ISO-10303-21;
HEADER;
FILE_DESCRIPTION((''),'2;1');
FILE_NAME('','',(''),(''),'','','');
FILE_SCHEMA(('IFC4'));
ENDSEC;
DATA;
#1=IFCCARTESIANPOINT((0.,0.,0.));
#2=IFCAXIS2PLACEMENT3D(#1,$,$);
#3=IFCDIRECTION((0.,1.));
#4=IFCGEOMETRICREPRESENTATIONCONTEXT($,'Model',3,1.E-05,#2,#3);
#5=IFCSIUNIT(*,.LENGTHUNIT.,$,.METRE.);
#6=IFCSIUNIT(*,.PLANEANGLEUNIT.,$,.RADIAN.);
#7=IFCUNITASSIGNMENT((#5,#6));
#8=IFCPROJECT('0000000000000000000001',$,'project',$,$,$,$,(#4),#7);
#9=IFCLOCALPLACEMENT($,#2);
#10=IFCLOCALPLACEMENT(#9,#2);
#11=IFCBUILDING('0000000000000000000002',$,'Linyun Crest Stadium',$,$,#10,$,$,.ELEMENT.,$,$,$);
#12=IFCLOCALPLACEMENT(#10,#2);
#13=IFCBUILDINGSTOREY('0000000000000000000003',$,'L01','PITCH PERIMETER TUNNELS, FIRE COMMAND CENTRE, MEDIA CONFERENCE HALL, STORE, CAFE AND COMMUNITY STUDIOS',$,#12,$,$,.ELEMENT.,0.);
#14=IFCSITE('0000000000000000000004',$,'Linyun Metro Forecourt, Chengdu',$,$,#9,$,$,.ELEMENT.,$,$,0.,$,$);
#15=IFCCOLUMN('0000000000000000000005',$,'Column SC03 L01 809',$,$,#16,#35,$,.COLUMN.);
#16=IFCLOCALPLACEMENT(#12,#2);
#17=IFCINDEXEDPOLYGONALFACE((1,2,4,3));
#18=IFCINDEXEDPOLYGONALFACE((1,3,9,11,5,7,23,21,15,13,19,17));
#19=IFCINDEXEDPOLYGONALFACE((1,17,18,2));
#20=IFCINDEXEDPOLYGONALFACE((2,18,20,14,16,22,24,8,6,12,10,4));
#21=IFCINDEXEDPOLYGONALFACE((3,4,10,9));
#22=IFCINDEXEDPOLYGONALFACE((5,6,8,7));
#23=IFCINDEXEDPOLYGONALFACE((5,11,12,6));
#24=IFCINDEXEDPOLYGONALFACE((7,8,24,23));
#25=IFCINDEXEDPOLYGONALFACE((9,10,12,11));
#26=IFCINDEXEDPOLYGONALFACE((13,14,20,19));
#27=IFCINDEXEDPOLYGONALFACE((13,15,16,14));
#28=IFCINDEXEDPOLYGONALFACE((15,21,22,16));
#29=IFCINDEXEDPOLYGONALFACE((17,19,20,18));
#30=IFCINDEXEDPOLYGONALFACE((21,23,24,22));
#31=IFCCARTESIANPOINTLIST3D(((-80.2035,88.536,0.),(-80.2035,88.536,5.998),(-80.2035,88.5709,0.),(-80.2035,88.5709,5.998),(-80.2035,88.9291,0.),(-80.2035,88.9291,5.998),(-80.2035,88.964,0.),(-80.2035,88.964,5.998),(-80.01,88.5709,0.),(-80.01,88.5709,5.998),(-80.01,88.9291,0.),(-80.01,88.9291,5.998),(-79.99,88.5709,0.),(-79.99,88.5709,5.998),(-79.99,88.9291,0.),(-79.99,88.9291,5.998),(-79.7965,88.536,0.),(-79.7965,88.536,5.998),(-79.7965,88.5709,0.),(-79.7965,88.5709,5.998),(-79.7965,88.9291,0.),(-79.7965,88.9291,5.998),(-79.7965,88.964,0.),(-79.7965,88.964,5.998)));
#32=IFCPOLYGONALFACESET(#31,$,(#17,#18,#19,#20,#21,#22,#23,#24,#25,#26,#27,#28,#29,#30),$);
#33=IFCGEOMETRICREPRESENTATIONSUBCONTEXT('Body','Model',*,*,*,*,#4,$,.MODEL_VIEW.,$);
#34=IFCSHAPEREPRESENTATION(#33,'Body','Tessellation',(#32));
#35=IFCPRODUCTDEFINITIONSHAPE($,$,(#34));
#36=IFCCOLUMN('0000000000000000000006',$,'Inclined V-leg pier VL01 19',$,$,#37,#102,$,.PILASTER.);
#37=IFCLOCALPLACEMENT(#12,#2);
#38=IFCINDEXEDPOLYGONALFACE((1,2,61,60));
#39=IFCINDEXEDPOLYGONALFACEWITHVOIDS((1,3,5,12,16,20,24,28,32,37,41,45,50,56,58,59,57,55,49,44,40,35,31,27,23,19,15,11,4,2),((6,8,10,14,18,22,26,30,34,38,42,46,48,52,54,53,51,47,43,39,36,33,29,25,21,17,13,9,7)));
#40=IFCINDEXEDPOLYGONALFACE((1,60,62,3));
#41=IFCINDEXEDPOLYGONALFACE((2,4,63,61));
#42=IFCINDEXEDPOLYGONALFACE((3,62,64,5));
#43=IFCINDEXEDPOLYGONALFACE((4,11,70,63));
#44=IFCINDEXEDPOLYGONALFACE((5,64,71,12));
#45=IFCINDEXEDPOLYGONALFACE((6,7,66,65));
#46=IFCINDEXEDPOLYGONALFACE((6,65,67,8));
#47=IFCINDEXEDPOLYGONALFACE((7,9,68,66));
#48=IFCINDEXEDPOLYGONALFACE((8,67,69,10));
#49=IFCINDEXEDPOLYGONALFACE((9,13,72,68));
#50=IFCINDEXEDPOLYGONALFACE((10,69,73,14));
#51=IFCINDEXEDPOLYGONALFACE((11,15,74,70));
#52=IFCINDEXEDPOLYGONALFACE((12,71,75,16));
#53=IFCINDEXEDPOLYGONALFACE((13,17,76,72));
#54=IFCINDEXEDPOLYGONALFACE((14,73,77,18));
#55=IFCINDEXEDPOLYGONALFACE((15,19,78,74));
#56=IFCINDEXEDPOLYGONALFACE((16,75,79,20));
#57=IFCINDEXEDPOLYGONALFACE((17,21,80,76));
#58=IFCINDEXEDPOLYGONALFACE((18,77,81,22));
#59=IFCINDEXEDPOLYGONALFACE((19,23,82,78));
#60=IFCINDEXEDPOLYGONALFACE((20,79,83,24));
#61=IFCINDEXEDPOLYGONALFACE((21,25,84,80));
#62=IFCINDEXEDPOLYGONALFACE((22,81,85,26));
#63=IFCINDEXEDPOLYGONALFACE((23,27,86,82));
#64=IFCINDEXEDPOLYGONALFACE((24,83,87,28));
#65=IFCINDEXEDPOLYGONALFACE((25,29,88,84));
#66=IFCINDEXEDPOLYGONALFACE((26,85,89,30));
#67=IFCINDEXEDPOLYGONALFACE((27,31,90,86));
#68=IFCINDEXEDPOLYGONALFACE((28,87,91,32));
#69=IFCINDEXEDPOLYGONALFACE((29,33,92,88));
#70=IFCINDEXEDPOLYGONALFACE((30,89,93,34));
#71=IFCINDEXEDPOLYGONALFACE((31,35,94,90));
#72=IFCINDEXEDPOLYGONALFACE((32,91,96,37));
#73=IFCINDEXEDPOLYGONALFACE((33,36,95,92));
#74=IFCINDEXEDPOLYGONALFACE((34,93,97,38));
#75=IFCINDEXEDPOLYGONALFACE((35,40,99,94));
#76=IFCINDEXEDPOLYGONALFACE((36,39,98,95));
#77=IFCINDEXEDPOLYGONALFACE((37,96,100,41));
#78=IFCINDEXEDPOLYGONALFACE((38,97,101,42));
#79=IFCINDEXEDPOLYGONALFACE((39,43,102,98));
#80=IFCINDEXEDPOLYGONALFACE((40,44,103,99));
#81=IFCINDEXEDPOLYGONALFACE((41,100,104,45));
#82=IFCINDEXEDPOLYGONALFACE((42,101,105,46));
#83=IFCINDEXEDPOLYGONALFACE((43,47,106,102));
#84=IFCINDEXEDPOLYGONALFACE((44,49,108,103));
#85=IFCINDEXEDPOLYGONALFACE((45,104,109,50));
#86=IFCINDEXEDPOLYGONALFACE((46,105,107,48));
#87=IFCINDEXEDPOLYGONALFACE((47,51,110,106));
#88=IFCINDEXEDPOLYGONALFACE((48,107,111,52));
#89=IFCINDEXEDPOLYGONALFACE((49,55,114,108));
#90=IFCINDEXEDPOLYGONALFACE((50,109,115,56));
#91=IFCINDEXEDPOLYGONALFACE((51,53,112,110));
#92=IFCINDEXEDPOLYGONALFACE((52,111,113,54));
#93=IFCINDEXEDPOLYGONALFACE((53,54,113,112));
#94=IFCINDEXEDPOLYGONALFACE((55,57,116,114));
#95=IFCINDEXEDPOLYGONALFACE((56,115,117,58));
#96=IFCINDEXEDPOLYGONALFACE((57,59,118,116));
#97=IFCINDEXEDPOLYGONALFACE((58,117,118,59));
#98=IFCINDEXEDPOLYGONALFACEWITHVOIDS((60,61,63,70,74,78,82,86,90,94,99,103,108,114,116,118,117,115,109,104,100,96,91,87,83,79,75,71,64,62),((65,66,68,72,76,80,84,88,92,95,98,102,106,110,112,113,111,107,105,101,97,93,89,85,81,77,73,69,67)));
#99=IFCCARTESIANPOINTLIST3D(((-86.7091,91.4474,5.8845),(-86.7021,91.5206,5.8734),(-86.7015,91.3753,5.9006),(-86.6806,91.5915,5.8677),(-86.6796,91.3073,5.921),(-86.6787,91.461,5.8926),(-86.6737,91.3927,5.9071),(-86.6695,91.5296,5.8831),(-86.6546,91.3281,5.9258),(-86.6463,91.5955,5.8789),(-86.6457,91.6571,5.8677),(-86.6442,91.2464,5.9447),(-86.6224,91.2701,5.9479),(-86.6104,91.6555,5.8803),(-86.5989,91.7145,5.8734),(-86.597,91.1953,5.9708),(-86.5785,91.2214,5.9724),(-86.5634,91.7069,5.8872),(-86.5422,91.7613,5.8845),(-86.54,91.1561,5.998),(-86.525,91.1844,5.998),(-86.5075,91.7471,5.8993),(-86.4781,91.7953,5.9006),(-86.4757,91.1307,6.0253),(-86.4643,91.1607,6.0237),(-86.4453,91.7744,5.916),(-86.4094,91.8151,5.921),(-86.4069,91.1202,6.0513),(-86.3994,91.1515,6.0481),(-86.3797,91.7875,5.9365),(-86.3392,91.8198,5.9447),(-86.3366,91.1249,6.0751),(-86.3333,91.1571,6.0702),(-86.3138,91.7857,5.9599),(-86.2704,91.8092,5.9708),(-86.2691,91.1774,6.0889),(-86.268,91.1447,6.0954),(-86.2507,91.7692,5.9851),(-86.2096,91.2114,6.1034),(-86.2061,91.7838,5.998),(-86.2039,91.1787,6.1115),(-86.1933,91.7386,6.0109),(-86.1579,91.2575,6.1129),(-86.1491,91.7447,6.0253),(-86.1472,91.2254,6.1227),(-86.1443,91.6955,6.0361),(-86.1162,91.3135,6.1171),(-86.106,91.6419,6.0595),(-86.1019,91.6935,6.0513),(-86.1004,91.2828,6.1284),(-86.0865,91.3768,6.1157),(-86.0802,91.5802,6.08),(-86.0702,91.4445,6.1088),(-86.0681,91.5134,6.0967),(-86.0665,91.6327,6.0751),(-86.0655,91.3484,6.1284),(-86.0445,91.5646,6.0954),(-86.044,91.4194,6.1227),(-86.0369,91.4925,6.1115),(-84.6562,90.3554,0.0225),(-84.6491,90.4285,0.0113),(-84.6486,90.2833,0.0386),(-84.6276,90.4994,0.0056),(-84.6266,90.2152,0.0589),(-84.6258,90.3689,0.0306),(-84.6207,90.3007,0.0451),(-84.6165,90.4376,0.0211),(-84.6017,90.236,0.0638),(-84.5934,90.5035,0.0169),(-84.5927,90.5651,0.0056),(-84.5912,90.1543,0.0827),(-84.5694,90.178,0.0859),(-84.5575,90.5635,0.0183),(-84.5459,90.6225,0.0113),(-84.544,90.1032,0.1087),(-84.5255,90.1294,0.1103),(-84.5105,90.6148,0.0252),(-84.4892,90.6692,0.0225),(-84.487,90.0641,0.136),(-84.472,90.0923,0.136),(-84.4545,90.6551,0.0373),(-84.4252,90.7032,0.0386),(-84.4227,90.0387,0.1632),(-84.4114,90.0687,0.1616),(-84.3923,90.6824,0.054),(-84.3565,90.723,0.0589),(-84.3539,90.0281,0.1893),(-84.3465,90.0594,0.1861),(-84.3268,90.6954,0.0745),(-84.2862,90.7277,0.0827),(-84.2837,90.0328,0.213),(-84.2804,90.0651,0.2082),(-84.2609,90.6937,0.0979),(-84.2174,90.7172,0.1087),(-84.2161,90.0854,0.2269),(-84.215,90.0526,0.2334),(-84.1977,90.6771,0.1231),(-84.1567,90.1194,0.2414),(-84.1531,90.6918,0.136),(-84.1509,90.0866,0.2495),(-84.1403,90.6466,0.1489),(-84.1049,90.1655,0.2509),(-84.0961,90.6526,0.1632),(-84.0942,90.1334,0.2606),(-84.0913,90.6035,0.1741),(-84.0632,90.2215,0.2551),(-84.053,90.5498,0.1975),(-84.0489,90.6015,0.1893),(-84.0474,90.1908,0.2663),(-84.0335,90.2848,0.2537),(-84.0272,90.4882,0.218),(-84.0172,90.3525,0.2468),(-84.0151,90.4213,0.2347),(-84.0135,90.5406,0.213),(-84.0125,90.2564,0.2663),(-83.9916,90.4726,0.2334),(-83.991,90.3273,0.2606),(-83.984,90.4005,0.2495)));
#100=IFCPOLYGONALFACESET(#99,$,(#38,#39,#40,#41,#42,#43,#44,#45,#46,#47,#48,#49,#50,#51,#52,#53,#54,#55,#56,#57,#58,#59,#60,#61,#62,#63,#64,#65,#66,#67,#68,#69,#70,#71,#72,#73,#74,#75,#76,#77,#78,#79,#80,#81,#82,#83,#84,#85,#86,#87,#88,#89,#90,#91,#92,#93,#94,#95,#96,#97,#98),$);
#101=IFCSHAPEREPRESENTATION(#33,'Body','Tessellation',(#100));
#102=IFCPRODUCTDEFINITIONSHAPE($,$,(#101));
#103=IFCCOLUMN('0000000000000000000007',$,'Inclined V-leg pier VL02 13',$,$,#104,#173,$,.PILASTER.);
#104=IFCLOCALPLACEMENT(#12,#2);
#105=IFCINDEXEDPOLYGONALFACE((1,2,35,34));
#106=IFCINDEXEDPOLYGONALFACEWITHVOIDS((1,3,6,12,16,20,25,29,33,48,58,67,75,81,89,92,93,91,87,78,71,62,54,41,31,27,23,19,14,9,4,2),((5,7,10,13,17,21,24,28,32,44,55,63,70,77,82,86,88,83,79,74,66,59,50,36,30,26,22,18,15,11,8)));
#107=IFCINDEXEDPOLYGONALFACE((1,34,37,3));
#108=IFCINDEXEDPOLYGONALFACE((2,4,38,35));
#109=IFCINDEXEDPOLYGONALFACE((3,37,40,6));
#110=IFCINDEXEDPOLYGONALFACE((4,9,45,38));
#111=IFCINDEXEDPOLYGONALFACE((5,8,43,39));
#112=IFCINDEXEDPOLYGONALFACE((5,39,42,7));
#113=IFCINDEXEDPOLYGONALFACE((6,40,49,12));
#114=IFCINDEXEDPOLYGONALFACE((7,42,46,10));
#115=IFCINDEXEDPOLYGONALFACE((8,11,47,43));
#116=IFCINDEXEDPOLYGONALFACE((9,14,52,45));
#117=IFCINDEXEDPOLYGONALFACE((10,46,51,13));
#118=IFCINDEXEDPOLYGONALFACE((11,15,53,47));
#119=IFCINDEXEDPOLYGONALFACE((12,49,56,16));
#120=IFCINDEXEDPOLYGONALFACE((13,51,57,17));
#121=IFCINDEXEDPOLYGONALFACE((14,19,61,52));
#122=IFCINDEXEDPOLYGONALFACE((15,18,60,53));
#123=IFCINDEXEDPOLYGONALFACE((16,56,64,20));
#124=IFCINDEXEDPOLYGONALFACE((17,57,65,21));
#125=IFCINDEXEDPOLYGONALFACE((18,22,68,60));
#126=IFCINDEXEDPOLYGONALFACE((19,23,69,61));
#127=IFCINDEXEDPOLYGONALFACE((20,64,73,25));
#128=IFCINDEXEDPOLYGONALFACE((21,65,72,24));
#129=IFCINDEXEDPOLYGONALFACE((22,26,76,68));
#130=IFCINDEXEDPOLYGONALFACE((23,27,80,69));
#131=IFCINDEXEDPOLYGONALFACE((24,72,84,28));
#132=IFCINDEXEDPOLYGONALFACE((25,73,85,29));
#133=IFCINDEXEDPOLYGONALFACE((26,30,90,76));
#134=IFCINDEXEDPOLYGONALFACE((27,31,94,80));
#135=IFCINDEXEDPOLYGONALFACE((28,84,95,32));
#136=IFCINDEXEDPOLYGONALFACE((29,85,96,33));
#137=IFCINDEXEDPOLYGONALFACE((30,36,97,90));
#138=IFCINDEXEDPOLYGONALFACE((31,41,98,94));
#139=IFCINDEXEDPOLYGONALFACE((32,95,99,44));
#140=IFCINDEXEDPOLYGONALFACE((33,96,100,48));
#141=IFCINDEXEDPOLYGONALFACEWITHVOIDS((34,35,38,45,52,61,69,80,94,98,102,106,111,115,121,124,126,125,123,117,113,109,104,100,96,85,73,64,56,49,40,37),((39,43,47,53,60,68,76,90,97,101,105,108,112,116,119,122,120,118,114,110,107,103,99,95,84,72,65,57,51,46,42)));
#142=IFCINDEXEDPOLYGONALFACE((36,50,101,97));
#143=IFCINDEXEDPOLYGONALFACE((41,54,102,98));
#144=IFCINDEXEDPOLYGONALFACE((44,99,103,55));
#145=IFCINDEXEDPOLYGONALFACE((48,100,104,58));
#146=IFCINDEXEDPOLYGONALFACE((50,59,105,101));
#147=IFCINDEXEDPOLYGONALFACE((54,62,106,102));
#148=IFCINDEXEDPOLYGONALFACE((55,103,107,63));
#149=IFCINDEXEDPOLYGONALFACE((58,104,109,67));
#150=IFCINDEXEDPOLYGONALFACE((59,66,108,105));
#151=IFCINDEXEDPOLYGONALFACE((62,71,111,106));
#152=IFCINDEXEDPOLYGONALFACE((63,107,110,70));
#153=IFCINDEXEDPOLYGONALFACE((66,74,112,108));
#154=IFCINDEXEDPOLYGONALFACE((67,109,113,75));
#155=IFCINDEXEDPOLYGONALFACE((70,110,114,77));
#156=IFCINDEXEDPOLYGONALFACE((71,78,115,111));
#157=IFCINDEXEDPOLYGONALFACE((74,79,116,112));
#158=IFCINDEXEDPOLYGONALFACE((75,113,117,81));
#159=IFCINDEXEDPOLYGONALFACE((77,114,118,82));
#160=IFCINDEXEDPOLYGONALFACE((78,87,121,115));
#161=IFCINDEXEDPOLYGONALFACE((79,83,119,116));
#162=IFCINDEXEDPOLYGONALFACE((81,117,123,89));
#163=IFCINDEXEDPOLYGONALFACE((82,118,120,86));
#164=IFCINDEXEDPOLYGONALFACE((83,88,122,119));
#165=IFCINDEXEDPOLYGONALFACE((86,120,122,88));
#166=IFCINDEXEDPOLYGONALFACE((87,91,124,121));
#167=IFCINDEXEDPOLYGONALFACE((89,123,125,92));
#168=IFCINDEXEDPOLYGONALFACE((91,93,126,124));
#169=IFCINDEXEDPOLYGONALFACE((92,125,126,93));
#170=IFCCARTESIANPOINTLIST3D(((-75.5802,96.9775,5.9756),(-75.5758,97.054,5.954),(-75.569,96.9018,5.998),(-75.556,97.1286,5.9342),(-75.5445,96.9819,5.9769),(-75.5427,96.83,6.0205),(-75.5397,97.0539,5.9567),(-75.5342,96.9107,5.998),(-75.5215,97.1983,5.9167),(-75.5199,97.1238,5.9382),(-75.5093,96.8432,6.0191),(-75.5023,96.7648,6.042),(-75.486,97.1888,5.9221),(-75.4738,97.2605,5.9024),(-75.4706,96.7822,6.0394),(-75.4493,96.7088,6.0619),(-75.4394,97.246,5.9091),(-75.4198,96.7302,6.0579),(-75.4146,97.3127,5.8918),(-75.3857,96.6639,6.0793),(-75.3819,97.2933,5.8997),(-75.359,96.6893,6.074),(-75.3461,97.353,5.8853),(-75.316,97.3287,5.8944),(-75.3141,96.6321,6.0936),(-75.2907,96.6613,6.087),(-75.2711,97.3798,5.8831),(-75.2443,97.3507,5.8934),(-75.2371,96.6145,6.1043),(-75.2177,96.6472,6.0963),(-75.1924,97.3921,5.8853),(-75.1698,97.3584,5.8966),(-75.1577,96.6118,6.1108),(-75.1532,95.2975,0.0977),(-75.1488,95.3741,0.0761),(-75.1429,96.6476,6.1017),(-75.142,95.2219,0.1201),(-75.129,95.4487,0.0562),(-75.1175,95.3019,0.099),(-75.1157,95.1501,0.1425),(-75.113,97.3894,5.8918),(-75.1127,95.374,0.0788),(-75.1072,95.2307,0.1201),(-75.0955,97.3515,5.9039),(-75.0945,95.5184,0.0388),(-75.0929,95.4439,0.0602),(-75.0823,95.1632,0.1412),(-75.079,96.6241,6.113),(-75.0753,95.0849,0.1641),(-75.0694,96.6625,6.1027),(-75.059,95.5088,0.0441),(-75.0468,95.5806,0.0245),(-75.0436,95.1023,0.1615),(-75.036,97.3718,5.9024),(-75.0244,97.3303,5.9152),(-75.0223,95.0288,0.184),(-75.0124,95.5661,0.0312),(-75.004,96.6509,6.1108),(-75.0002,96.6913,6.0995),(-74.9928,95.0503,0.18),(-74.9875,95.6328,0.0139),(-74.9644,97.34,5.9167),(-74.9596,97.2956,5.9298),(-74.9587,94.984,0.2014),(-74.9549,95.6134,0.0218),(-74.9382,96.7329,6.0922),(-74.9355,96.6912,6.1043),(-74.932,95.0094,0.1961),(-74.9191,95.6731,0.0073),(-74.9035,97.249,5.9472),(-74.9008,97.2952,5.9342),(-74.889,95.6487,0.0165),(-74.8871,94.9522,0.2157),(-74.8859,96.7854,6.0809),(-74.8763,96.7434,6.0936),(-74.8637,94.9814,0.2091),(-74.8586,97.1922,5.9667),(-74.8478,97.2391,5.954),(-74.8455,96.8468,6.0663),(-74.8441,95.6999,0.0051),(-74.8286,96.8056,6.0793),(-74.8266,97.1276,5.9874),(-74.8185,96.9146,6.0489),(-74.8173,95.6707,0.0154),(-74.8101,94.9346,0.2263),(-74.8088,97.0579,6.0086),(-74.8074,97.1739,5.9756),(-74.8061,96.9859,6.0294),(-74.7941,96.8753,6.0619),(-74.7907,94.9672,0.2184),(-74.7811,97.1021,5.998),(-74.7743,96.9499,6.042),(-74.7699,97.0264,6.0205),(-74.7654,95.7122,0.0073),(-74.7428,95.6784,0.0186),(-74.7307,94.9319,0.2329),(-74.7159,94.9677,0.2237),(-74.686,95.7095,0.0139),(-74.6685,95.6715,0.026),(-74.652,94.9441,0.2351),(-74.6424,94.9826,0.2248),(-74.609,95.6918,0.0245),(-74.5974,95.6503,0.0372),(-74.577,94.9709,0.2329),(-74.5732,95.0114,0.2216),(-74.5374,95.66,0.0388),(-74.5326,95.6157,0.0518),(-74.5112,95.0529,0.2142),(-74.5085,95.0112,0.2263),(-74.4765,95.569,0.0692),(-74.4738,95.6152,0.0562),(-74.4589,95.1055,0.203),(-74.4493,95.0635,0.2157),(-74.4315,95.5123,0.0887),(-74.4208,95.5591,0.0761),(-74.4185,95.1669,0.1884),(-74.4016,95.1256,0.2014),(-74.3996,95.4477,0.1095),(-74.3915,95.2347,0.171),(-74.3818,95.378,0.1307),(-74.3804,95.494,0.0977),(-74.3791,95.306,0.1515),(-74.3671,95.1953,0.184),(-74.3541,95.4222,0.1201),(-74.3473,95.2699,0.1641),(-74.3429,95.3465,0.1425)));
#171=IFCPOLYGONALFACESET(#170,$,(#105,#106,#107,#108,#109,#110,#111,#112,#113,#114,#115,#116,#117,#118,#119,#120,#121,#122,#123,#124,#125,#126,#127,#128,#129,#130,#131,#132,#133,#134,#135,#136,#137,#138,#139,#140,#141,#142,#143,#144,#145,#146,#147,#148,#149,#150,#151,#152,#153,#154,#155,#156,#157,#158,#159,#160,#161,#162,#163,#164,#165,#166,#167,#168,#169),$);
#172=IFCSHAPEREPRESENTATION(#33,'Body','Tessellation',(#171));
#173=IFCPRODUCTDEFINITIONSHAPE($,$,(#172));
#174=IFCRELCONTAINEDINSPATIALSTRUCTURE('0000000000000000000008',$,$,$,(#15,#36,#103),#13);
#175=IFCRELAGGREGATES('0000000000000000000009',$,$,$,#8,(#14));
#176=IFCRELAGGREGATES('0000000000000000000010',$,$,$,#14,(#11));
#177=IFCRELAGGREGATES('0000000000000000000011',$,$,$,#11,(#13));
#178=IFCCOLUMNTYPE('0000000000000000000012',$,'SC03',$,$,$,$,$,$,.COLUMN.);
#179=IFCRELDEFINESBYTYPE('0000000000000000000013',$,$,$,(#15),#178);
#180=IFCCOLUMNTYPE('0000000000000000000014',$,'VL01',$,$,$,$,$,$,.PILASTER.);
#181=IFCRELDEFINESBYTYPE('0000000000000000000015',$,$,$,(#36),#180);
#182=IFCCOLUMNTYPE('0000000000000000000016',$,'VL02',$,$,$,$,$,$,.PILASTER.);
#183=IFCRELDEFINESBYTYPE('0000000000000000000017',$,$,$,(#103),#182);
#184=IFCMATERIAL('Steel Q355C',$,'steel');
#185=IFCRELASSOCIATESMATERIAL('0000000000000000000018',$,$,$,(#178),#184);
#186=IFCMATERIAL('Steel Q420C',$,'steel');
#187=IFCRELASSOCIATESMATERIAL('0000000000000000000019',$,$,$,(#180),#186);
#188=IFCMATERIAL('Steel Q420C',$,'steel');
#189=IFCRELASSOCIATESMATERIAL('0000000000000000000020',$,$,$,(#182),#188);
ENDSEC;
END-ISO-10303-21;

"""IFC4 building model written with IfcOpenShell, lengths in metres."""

from ifc_helpers import new_model, si_unit, direction, frame, origin, origin_2d, place, context, subcontext, project, spatial, hollow_circle, i_section, extrude, material, material_profile, profile_set, type_object, element, save


model = new_model("IFC4")

# Units and contexts
model_context = context("Model", 3, precision=1e-05, world=origin(), true_north=direction((0.0, 1.0)))
body_context = subcontext(model_context, "Body", "Model", "MODEL_VIEW")
ifc_project = project(units=[si_unit("LENGTHUNIT", "METRE"), si_unit("PLANEANGLEUNIT", "RADIAN")], contexts=[model_context])

# Site, building, storey
site_placement = place(None, origin())
site = spatial("IfcSite", under=ifc_project, at=site_placement, Name="Linyun Metro Forecourt, Chengdu", CompositionType="ELEMENT", RefElevation=0.0)
building_placement = place(site_placement, origin())
building = spatial("IfcBuilding", under=site, at=building_placement, Name="Linyun Crest Stadium", CompositionType="ELEMENT")
storey_placement = place(building_placement, origin())
storey = spatial("IfcBuildingStorey", under=building, at=storey_placement, Name="L01", Description="PITCH PERIMETER TUNNELS, FIRE COMMAND CENTRE, MEDIA CONFERENCE HALL, STORE, CAFE AND COMMUNITY STUDIOS", CompositionType="ELEMENT", Elevation=0.0)

# Columns
ifc_material_1 = material(Name="Steel Q355C", Category="steel")
ifc_material_profile_1 = material_profile(ifc_material_1, i_section(OverallWidth=0.407, OverallDepth=0.428, WebThickness=0.02, FlangeThickness=0.0349, at=origin_2d()), Name="HW 428x407")
ifc_profile_set_1 = profile_set([ifc_material_profile_1], Name="Steel Q355C")
column_type_1 = type_object("IfcColumnType", Name="SC03", PredefinedType="COLUMN", material=ifc_profile_set_1)
column_1_placement = place(storey_placement, frame((-80.0, 88.75, 0.0), z_axis=(0.0, 0.0, 1.0), x_axis=(1.0, 0.0, 0.0)))
element("IfcColumn", 1, at=column_1_placement, inside=storey, type_object=column_type_1, Name="Column SC03 L01 809", PredefinedType="COLUMN", context=body_context, shape_type="SweptSolid", body=[
    extrude(i_section(OverallWidth=0.407, OverallDepth=0.428, WebThickness=0.02, FlangeThickness=0.0349, at=origin_2d()), origin(), (0.0, 0.0, 1.0), 5.998),
])
ifc_material_2 = material(Name="Steel Q420C", Category="steel")
ifc_material_profile_2 = material_profile(ifc_material_2, hollow_circle(Radius=0.3555, WallThickness=0.032, at=origin_2d()), Name="CHS 711x32")
ifc_profile_set_2 = profile_set([ifc_material_profile_2], Name="Steel Q420C")
column_type_2 = type_object("IfcColumnType", Name="VL01", PredefinedType="PILASTER", material=ifc_profile_set_2)
column_2_placement = place(storey_placement, frame((-84.3201, 90.3779, 0.136), z_axis=(-0.325537, 0.173163, 0.929537), x_axis=(-0.469623, -0.882867, 0.0)))
element("IfcColumn", 2, at=column_2_placement, inside=storey, type_object=column_type_2, Name="Inclined V-leg pier VL01 19", PredefinedType="PILASTER", context=body_context, shape_type="SweptSolid", body=[
    extrude(hollow_circle(Radius=0.3555, WallThickness=0.032, at=origin_2d()), origin(), (0.0, 0.0, 1.0), 6.3064),
])
ifc_material_3 = material(Name="Steel Q420C", Category="steel")
ifc_material_profile_3 = material_profile(ifc_material_3, hollow_circle(Radius=0.4065, WallThickness=0.0359, at=origin_2d()), Name="CHS 813x36")
ifc_profile_set_3 = profile_set([ifc_material_profile_3], Name="Steel Q420C")
column_type_3 = type_object("IfcColumnType", Name="VL02", PredefinedType="PILASTER", material=ifc_profile_set_3)
column_3_placement = place(storey_placement, frame((-74.748, 95.322, 0.1201), z_axis=(-0.069678, 0.274132, 0.959164), x_axis=(-0.969182, -0.246345, 0.0)))
element("IfcColumn", 3, at=column_3_placement, inside=storey, type_object=column_type_3, Name="Inclined V-leg pier VL02 13", PredefinedType="PILASTER", context=body_context, shape_type="SweptSolid", body=[
    extrude(hollow_circle(Radius=0.4065, WallThickness=0.0359, at=origin_2d()), origin(), (0.0, 0.0, 1.0), 6.1282),
])

save(model, "model.ifc")
